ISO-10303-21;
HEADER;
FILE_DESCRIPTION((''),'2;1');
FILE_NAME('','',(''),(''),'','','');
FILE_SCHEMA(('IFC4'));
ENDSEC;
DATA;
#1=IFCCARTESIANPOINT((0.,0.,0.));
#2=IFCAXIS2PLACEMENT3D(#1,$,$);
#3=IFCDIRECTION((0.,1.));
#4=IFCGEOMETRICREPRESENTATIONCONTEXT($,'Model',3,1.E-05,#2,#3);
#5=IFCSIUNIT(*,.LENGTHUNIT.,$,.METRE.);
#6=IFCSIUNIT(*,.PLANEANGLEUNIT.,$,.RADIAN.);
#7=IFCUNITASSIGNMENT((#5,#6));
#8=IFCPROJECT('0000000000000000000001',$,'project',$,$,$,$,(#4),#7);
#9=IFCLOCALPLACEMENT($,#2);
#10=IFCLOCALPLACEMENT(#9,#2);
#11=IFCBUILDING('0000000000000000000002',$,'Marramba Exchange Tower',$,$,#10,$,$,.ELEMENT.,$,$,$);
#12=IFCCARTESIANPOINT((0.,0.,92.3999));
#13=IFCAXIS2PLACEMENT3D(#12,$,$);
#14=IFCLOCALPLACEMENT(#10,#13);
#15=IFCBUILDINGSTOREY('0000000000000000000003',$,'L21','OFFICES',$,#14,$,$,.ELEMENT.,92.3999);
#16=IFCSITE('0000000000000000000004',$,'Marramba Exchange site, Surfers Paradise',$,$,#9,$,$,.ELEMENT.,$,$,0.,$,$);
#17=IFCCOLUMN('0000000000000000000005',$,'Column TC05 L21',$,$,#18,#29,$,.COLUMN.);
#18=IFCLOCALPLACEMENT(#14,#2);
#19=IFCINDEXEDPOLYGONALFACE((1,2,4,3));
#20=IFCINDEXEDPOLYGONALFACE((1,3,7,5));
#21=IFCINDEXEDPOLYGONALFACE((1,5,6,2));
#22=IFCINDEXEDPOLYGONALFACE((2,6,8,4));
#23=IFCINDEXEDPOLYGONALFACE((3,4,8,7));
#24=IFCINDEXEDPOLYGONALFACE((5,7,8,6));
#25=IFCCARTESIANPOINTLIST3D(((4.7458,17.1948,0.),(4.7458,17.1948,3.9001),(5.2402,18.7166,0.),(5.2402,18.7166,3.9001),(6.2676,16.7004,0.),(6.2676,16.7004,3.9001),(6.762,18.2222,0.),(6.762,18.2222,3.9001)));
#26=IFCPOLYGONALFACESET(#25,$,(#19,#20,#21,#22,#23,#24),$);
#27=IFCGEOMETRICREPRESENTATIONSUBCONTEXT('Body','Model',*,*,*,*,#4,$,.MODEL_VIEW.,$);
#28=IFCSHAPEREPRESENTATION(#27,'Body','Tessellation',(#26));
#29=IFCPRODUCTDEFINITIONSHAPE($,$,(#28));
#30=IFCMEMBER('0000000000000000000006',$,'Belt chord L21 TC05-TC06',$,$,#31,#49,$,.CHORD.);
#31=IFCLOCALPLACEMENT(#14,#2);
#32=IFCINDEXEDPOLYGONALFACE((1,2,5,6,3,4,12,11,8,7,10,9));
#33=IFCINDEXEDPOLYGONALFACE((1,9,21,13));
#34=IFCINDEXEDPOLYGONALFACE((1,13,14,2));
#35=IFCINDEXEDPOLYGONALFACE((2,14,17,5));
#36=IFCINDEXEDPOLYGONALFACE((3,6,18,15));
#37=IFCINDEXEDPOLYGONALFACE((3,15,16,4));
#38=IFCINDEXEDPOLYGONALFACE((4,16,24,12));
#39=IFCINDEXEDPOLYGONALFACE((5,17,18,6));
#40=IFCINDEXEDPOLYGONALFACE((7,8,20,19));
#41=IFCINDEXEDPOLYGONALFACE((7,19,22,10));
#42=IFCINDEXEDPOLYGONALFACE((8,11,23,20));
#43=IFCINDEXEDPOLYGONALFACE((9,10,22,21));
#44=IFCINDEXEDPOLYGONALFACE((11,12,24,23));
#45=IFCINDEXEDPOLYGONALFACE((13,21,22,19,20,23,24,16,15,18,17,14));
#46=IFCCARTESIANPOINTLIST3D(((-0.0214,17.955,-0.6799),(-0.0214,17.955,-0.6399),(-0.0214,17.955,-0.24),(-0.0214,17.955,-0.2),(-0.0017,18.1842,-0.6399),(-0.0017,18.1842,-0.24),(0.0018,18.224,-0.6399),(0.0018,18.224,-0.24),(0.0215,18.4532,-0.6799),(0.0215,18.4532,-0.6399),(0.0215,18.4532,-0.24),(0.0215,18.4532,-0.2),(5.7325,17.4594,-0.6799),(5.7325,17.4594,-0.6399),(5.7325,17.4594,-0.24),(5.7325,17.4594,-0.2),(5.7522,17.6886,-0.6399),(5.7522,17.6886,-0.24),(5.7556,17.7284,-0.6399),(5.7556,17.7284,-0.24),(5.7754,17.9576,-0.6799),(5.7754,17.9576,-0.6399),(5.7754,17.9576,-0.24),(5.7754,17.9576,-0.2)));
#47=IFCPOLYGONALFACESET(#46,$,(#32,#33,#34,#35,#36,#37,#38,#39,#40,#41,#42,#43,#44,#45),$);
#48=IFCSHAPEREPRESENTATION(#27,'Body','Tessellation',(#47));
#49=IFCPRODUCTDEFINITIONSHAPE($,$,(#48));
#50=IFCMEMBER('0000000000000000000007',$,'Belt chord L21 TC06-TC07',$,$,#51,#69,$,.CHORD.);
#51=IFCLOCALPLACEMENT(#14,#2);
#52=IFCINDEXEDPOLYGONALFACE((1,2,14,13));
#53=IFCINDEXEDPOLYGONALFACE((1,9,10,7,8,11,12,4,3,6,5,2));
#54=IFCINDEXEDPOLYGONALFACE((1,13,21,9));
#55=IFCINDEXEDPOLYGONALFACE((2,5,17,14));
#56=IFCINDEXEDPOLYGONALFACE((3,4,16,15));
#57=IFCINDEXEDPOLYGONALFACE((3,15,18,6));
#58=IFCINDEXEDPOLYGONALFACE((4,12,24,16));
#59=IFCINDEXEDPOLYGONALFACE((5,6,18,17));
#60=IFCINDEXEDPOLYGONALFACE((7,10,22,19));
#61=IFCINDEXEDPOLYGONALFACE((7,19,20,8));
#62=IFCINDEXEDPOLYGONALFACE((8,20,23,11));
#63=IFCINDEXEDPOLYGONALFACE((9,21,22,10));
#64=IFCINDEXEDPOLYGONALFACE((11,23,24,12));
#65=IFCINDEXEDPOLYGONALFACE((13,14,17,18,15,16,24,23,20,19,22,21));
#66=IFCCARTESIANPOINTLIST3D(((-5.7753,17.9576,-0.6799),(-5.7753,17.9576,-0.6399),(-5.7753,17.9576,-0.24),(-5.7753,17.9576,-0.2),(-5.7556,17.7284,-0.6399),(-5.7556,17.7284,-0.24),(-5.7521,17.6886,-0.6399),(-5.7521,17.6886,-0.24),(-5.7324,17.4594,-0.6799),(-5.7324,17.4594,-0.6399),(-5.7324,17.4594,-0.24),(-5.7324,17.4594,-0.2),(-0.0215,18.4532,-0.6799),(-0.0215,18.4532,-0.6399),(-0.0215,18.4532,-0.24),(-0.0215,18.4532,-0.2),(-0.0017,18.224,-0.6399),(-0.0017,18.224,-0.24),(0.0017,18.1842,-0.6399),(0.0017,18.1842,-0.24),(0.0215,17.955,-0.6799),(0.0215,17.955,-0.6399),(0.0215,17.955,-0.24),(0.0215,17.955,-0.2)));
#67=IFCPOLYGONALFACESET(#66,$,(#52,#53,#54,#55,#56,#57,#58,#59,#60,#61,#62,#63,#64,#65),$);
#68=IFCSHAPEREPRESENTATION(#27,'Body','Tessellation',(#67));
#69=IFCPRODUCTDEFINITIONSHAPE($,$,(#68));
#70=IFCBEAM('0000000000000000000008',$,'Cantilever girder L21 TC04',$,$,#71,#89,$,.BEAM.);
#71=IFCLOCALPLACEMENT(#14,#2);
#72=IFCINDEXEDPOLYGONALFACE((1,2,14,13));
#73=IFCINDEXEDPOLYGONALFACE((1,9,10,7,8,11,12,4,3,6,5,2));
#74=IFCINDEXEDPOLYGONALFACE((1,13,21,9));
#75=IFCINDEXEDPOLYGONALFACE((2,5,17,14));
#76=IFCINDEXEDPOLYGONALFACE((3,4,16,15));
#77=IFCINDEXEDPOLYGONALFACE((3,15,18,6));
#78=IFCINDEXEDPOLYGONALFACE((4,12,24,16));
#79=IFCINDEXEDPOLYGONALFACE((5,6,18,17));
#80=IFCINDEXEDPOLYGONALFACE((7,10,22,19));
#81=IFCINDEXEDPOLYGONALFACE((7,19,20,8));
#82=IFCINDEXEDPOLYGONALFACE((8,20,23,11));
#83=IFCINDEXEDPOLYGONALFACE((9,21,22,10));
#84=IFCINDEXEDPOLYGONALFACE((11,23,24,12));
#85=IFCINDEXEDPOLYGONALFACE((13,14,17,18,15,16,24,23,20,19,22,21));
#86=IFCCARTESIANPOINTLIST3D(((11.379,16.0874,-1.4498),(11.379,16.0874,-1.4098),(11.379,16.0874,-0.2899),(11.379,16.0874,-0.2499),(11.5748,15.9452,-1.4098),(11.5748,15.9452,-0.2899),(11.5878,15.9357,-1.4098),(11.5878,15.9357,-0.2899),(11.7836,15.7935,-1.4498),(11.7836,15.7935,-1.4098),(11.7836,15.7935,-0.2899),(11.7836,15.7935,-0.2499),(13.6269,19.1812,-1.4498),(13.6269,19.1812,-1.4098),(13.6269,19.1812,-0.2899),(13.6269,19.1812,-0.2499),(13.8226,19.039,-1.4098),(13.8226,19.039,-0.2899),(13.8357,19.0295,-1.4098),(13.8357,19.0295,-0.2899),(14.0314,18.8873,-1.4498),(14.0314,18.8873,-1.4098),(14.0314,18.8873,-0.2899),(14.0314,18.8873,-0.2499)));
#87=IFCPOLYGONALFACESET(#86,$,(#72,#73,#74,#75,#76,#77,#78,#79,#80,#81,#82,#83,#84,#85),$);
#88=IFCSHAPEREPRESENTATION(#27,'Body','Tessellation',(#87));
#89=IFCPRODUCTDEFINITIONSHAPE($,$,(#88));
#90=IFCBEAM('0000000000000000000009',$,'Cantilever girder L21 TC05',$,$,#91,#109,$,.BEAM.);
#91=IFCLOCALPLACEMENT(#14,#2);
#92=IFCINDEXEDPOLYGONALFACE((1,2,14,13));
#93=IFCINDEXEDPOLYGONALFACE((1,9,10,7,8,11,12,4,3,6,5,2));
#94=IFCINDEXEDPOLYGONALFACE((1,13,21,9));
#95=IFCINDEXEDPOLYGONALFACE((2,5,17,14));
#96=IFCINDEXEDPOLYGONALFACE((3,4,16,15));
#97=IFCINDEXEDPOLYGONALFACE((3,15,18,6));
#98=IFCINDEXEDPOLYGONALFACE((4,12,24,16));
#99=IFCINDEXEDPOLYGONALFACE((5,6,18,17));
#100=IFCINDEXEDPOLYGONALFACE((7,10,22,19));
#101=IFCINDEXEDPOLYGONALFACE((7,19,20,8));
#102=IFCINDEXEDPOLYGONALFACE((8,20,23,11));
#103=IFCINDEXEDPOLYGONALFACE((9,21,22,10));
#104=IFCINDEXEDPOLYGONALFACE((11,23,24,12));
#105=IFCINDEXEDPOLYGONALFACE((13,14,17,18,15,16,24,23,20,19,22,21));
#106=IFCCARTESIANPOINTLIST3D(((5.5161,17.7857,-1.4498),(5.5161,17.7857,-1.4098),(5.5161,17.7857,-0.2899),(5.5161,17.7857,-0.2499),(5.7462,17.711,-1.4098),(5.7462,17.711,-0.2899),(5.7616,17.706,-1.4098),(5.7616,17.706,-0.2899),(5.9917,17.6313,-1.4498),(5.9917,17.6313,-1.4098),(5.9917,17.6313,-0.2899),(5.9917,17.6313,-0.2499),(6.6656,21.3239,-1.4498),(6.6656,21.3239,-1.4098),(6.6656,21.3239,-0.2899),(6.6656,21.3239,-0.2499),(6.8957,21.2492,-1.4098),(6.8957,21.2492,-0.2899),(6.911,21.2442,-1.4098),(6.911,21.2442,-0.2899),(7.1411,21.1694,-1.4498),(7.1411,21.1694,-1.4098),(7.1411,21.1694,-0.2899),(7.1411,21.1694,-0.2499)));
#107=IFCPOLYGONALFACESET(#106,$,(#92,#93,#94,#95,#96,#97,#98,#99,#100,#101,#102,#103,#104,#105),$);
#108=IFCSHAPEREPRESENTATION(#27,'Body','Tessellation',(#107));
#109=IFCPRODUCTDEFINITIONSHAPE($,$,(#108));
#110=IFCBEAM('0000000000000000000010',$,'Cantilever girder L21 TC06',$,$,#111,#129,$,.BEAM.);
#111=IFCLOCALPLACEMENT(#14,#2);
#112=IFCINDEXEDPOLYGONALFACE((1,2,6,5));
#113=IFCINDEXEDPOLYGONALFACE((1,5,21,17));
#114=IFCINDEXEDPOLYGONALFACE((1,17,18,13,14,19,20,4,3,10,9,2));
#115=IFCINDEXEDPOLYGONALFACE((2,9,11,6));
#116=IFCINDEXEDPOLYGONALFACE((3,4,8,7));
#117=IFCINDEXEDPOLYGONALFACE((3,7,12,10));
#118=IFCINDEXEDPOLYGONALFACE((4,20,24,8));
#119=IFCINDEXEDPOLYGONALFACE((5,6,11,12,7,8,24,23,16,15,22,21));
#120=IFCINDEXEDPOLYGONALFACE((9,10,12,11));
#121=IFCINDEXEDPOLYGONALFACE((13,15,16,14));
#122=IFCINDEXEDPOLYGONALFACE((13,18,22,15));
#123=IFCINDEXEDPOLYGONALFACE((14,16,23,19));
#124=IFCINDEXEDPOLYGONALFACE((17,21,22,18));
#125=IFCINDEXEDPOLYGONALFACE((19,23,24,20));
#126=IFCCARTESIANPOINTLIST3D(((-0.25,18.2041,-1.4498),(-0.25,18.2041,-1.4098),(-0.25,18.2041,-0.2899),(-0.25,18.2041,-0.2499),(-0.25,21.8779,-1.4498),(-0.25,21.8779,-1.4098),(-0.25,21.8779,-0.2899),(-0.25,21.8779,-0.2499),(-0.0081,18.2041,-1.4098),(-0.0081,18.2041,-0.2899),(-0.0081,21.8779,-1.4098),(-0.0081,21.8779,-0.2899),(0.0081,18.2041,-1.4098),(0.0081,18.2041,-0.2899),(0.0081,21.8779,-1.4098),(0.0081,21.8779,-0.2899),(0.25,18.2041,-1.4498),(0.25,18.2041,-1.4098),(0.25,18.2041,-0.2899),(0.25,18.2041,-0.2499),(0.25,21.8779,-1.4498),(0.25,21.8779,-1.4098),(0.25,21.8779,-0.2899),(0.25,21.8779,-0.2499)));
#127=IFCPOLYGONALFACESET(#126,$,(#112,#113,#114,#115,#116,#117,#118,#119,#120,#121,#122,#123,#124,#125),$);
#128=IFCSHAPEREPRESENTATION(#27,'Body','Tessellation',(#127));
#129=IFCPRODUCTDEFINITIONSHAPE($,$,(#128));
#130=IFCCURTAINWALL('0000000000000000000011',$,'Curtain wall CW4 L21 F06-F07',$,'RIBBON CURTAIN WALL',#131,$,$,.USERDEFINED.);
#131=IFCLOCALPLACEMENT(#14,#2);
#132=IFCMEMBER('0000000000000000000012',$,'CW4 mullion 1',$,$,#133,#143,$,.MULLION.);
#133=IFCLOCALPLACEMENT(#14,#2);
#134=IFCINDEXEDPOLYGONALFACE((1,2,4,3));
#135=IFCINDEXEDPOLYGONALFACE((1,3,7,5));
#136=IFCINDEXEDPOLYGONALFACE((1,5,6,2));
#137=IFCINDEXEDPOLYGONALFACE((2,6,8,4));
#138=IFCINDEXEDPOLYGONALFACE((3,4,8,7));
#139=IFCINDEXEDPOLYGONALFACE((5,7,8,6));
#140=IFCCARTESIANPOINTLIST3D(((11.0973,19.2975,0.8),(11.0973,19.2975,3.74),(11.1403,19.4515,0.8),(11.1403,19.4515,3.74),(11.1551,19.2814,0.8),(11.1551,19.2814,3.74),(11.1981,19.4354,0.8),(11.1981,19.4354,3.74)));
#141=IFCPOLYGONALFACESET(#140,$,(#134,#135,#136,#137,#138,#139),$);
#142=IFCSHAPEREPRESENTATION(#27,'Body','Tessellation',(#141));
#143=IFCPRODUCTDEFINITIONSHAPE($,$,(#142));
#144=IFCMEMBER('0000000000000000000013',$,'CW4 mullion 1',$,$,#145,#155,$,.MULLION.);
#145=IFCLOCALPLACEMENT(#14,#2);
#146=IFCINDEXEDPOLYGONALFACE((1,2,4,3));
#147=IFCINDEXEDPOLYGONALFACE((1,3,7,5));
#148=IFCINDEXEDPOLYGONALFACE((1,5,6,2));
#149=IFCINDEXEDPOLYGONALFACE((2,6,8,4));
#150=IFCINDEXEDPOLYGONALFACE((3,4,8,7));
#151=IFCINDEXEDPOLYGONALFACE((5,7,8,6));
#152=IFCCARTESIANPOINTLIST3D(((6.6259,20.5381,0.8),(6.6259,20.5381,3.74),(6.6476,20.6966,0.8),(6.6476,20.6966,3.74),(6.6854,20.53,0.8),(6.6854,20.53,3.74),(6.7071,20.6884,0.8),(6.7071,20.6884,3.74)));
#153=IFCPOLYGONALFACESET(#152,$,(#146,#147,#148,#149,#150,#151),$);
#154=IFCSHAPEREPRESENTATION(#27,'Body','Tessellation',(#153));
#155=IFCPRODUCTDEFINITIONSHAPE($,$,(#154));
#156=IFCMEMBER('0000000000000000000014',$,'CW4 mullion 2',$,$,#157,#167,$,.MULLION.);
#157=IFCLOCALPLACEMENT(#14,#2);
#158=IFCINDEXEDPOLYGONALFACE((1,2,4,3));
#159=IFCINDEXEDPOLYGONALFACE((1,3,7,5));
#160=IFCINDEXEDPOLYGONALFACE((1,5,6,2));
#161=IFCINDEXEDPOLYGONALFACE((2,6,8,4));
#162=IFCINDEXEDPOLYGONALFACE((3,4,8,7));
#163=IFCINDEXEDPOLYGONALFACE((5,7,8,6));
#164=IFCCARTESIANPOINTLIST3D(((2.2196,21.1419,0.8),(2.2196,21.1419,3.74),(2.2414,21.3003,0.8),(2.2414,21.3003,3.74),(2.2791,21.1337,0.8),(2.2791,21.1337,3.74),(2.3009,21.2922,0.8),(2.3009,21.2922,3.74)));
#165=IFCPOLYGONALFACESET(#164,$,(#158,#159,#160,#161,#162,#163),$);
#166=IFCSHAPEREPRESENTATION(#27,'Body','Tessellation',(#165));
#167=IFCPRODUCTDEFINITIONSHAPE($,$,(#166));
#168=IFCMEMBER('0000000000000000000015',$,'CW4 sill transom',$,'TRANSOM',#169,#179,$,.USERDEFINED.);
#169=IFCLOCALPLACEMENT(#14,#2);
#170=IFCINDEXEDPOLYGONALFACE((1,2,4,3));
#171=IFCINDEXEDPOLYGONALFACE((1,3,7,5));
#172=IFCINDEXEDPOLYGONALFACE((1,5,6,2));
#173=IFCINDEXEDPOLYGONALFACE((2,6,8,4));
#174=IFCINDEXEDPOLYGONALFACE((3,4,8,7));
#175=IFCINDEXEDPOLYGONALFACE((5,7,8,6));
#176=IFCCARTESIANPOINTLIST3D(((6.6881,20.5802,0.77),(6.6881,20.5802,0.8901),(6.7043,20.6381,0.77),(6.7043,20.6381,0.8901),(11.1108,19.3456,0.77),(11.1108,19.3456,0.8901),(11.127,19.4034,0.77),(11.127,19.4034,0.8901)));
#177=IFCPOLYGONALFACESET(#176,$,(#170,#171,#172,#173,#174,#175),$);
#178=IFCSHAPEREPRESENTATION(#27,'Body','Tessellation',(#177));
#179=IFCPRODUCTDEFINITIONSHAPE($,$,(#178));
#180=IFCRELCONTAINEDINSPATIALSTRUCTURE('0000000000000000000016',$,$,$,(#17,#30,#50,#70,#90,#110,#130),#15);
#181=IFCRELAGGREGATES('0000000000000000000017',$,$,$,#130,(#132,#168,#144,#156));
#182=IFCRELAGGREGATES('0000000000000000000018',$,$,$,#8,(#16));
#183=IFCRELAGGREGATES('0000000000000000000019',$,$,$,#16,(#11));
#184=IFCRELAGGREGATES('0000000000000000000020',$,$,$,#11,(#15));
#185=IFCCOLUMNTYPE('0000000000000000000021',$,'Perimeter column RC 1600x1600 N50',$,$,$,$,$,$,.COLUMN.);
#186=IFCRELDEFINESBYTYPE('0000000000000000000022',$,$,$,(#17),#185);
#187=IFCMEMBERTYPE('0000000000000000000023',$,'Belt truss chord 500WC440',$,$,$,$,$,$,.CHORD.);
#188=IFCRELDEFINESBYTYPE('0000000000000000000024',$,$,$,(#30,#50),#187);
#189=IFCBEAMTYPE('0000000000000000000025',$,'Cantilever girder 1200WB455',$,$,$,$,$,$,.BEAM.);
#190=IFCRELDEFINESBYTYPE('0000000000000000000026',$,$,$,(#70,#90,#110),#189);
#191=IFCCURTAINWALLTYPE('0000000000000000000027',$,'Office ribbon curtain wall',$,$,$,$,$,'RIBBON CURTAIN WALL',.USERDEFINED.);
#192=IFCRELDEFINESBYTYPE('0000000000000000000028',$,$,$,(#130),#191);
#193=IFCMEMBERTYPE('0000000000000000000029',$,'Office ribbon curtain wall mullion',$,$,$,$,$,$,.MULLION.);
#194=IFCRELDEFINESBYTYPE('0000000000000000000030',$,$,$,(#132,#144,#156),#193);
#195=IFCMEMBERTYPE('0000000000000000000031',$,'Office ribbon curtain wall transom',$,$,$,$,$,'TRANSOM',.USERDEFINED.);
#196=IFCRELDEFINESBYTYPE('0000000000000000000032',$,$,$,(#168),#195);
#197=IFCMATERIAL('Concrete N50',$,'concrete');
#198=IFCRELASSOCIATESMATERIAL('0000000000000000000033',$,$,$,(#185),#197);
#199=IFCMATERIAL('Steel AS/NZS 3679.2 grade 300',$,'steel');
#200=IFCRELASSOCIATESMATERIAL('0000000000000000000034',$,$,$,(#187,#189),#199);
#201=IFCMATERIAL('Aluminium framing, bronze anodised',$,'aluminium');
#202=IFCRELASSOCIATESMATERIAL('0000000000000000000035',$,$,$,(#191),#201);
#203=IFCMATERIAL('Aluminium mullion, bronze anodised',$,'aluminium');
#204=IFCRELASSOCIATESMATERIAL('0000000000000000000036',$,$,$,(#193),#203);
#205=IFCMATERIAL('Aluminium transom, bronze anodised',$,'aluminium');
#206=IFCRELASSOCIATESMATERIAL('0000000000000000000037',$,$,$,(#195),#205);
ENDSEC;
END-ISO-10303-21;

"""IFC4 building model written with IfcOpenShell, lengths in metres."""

from ifc_helpers import new_model, si_unit, direction, frame, origin, origin_2d, place, context, subcontext, project, spatial, rectangle, i_section, extrude, material, material_profile, profile_set, type_object, element, aggregate, save


model = new_model("IFC4")

# Units and contexts
model_context = context("Model", 3, precision=1e-05, world=origin(), true_north=direction((0.0, 1.0)))
body_context = subcontext(model_context, "Body", "Model", "MODEL_VIEW")
ifc_project = project(units=[si_unit("LENGTHUNIT", "METRE"), si_unit("PLANEANGLEUNIT", "RADIAN")], contexts=[model_context])

# Site, building, storey
site_placement = place(None, origin())
site = spatial("IfcSite", under=ifc_project, at=site_placement, Name="Marramba Exchange site, Surfers Paradise", CompositionType="ELEMENT", RefElevation=0.0)
building_placement = place(site_placement, origin())
building = spatial("IfcBuilding", under=site, at=building_placement, Name="Marramba Exchange Tower", CompositionType="ELEMENT")
storey_placement = place(building_placement, frame((0.0, 0.0, 92.3999)))
storey = spatial("IfcBuildingStorey", under=building, at=storey_placement, Name="L21", Description="OFFICES", CompositionType="ELEMENT", Elevation=92.3999)

# Column
ifc_material_1 = material(Name="Concrete N50", Category="concrete")
ifc_material_profile_1 = material_profile(ifc_material_1, rectangle(XDim=1.6001, YDim=1.6001, at=origin_2d()), Name="RC 1600x1600")
ifc_profile_set_1 = profile_set([ifc_material_profile_1], Name="Concrete N50")
column_type = type_object("IfcColumnType", Name="Perimeter column RC 1600x1600 N50", PredefinedType="COLUMN", material=ifc_profile_set_1)
column_placement = place(storey_placement, frame((5.7539, 17.7085, 0.0), z_axis=(0.0, 0.0, 1.0), x_axis=(0.309017, 0.951057, 0.0)))
element("IfcColumn", 1, at=column_placement, inside=storey, type_object=column_type, Name="Column TC05 L21", PredefinedType="COLUMN", context=body_context, shape_type="SweptSolid", body=[
    extrude(rectangle(XDim=1.6001, YDim=1.6001, at=origin_2d()), origin(), (0.0, 0.0, 1.0), 3.9001),
])

# Members
ifc_material_2 = material(Name="Steel AS/NZS 3679.2 grade 300", Category="steel")
ifc_material_profile_2 = material_profile(ifc_material_2, i_section(OverallWidth=0.5, OverallDepth=0.48, WebThickness=0.04, FlangeThickness=0.04, at=origin_2d()), Name="500WC440")
ifc_profile_set_2 = profile_set([ifc_material_profile_2], Name="Steel AS/NZS 3679.2 grade 300")
member_type_1 = type_object("IfcMemberType", Name="Belt truss chord 500WC440", PredefinedType="CHORD", material=ifc_profile_set_2)
for number, where, z_axis, x_axis, name in (
    (2, (5.7539, 17.7085, -0.4399), (-0.996311, 0.085816, 0.0), (-0.085816, -0.996311, 0.0), "Belt chord L21 TC05-TC06"),
    (3, (0.0, 18.2041, -0.4399), (-0.996311, -0.085816, 0.0), (0.085816, -0.996311, 0.0), "Belt chord L21 TC06-TC07"),
):
    element("IfcMember", number, at=place(storey_placement, frame(where, z_axis=z_axis, x_axis=x_axis)), inside=storey, type_object=member_type_1, Name=name, PredefinedType="CHORD", context=body_context, shape_type="SweptSolid", body=[
        extrude(i_section(OverallWidth=0.5, OverallDepth=0.48, WebThickness=0.04, FlangeThickness=0.04, at=origin_2d()), origin(), (0.0, 0.0, 1.0), 5.7751),
    ])

# Beams
ifc_material_profile_3 = material_profile(ifc_material_2, i_section(OverallWidth=0.5, OverallDepth=1.2, WebThickness=0.0161, FlangeThickness=0.04, at=origin_2d()), Name="1200WB455")
ifc_profile_set_3 = profile_set([ifc_material_profile_3], Name="Steel AS/NZS 3679.2 grade 300")
beam_type_1 = type_object("IfcBeamType", Name="Cantilever girder 1200WB455", PredefinedType="BEAM", material=ifc_profile_set_3)
beam_1_placement = place(storey_placement, frame((11.5813, 15.9404, -0.8499), z_axis=(0.587796, 0.809009, 0.0), x_axis=(-0.809009, 0.587796, 0.0)))
element("IfcBeam", 4, at=beam_1_placement, inside=storey, type_object=beam_type_1, Name="Cantilever girder L21 TC04", PredefinedType="BEAM", context=body_context, shape_type="SweptSolid", body=[
    extrude(i_section(OverallWidth=0.5, OverallDepth=1.2, WebThickness=0.0161, FlangeThickness=0.04, at=origin_2d()), origin(), (0.0, 0.0, 1.0), 3.8242),
])
beam_2_placement = place(storey_placement, frame((5.7539, 17.7085, -0.8499), z_axis=(0.308973, 0.951071, 0.0), x_axis=(-0.951071, 0.308973, 0.0)))
element("IfcBeam", 5, at=beam_2_placement, inside=storey, type_object=beam_type_1, Name="Cantilever girder L21 TC05", PredefinedType="BEAM", context=body_context, shape_type="SweptSolid", body=[
    extrude(i_section(OverallWidth=0.5, OverallDepth=1.2, WebThickness=0.0161, FlangeThickness=0.04, at=origin_2d()), origin(), (0.0, 0.0, 1.0), 3.7202),
])
beam_3_placement = place(storey_placement, frame((0.0, 18.2041, -0.8499), z_axis=(0.0, 1.0, 0.0), x_axis=(-1.0, 0.0, 0.0)))
element("IfcBeam", 6, at=beam_3_placement, inside=storey, type_object=beam_type_1, Name="Cantilever girder L21 TC06", PredefinedType="BEAM", context=body_context, shape_type="SweptSolid", body=[
    extrude(i_section(OverallWidth=0.5, OverallDepth=1.2, WebThickness=0.0161, FlangeThickness=0.04, at=origin_2d()), origin(), (0.0, 0.0, 1.0), 3.6738),
])

# Curtain wall, members
ifc_material_3 = material(Name="Aluminium framing, bronze anodised", Category="aluminium")
curtain_wall_type = type_object("IfcCurtainWallType", Name="Office ribbon curtain wall", ElementType="RIBBON CURTAIN WALL", PredefinedType="USERDEFINED", material=ifc_material_3)
curtain_wall_placement = place(storey_placement, origin())
curtain_wall = element("IfcCurtainWall", 7, at=curtain_wall_placement, inside=storey, type_object=curtain_wall_type, Name="Curtain wall CW4 L21 F06-F07", ObjectType="RIBBON CURTAIN WALL", PredefinedType="USERDEFINED")
ifc_material_4 = material(Name="Aluminium mullion, bronze anodised", Category="aluminium")
ifc_material_profile_4 = material_profile(ifc_material_4, rectangle(XDim=0.1599, YDim=0.0601, at=origin_2d()), Name="CW4 mullion 60x160")
ifc_profile_set_4 = profile_set([ifc_material_profile_4], Name="Aluminium mullion, bronze anodised")
member_type_2 = type_object("IfcMemberType", Name="Office ribbon curtain wall mullion", PredefinedType="MULLION", material=ifc_profile_set_4)
member_1_placement = place(storey_placement, frame((11.1477, 19.3665, 0.8), z_axis=(0.0, 0.0, 1.0), x_axis=(-0.268865, -0.963178, 0.0)))
member_1 = element("IfcMember", 8, at=member_1_placement, type_object=member_type_2, Name="CW4 mullion 1", PredefinedType="MULLION", context=body_context, shape_type="SweptSolid", body=[
    extrude(rectangle(XDim=0.1599, YDim=0.0601, at=origin_2d()), origin(), (0.0, 0.0, 1.0), 2.9399),
])
member_2_placement = place(storey_placement, frame((6.6665, 20.6133, 0.8), z_axis=(0.0, 0.0, 1.0), x_axis=(-0.135786, -0.990738, 0.0)))
member_2 = element("IfcMember", 9, at=member_2_placement, type_object=member_type_2, Name="CW4 mullion 1", PredefinedType="MULLION", context=body_context, shape_type="SweptSolid", body=[
    extrude(rectangle(XDim=0.1599, YDim=0.0601, at=origin_2d()), origin(), (0.0, 0.0, 1.0), 2.9399),
])
member_3_placement = place(storey_placement, frame((2.2603, 21.217, 0.8), z_axis=(0.0, 0.0, 1.0), x_axis=(-0.135786, -0.990738, 0.0)))
member_3 = element("IfcMember", 10, at=member_3_placement, type_object=member_type_2, Name="CW4 mullion 2", PredefinedType="MULLION", context=body_context, shape_type="SweptSolid", body=[
    extrude(rectangle(XDim=0.1599, YDim=0.0601, at=origin_2d()), origin(), (0.0, 0.0, 1.0), 2.9399),
])
ifc_material_5 = material(Name="Aluminium transom, bronze anodised", Category="aluminium")
ifc_material_profile_5 = material_profile(ifc_material_5, rectangle(XDim=0.0601, YDim=0.1201, at=origin_2d()), Name="CW4 transom 60x120")
ifc_profile_set_5 = profile_set([ifc_material_profile_5], Name="Aluminium transom, bronze anodised")
member_type_3 = type_object("IfcMemberType", Name="Office ribbon curtain wall transom", ElementType="TRANSOM", PredefinedType="USERDEFINED", material=ifc_profile_set_5)
member_4_placement = place(storey_placement, frame((11.1189, 19.3745, 0.8301), z_axis=(-0.963174, 0.26888, 0.0), x_axis=(-0.26888, -0.963174, 0.0)))
member_4 = element("IfcMember", 11, at=member_4_placement, type_object=member_type_3, Name="CW4 sill transom", ObjectType="TRANSOM", PredefinedType="USERDEFINED", context=body_context, shape_type="SweptSolid", body=[
    extrude(rectangle(XDim=0.0601, YDim=0.1201, at=origin_2d()), origin(), (0.0, 0.0, 1.0), 4.5918),
])

aggregate(curtain_wall, [member_1, member_4, member_2, member_3])

save(model, "model.ifc")
